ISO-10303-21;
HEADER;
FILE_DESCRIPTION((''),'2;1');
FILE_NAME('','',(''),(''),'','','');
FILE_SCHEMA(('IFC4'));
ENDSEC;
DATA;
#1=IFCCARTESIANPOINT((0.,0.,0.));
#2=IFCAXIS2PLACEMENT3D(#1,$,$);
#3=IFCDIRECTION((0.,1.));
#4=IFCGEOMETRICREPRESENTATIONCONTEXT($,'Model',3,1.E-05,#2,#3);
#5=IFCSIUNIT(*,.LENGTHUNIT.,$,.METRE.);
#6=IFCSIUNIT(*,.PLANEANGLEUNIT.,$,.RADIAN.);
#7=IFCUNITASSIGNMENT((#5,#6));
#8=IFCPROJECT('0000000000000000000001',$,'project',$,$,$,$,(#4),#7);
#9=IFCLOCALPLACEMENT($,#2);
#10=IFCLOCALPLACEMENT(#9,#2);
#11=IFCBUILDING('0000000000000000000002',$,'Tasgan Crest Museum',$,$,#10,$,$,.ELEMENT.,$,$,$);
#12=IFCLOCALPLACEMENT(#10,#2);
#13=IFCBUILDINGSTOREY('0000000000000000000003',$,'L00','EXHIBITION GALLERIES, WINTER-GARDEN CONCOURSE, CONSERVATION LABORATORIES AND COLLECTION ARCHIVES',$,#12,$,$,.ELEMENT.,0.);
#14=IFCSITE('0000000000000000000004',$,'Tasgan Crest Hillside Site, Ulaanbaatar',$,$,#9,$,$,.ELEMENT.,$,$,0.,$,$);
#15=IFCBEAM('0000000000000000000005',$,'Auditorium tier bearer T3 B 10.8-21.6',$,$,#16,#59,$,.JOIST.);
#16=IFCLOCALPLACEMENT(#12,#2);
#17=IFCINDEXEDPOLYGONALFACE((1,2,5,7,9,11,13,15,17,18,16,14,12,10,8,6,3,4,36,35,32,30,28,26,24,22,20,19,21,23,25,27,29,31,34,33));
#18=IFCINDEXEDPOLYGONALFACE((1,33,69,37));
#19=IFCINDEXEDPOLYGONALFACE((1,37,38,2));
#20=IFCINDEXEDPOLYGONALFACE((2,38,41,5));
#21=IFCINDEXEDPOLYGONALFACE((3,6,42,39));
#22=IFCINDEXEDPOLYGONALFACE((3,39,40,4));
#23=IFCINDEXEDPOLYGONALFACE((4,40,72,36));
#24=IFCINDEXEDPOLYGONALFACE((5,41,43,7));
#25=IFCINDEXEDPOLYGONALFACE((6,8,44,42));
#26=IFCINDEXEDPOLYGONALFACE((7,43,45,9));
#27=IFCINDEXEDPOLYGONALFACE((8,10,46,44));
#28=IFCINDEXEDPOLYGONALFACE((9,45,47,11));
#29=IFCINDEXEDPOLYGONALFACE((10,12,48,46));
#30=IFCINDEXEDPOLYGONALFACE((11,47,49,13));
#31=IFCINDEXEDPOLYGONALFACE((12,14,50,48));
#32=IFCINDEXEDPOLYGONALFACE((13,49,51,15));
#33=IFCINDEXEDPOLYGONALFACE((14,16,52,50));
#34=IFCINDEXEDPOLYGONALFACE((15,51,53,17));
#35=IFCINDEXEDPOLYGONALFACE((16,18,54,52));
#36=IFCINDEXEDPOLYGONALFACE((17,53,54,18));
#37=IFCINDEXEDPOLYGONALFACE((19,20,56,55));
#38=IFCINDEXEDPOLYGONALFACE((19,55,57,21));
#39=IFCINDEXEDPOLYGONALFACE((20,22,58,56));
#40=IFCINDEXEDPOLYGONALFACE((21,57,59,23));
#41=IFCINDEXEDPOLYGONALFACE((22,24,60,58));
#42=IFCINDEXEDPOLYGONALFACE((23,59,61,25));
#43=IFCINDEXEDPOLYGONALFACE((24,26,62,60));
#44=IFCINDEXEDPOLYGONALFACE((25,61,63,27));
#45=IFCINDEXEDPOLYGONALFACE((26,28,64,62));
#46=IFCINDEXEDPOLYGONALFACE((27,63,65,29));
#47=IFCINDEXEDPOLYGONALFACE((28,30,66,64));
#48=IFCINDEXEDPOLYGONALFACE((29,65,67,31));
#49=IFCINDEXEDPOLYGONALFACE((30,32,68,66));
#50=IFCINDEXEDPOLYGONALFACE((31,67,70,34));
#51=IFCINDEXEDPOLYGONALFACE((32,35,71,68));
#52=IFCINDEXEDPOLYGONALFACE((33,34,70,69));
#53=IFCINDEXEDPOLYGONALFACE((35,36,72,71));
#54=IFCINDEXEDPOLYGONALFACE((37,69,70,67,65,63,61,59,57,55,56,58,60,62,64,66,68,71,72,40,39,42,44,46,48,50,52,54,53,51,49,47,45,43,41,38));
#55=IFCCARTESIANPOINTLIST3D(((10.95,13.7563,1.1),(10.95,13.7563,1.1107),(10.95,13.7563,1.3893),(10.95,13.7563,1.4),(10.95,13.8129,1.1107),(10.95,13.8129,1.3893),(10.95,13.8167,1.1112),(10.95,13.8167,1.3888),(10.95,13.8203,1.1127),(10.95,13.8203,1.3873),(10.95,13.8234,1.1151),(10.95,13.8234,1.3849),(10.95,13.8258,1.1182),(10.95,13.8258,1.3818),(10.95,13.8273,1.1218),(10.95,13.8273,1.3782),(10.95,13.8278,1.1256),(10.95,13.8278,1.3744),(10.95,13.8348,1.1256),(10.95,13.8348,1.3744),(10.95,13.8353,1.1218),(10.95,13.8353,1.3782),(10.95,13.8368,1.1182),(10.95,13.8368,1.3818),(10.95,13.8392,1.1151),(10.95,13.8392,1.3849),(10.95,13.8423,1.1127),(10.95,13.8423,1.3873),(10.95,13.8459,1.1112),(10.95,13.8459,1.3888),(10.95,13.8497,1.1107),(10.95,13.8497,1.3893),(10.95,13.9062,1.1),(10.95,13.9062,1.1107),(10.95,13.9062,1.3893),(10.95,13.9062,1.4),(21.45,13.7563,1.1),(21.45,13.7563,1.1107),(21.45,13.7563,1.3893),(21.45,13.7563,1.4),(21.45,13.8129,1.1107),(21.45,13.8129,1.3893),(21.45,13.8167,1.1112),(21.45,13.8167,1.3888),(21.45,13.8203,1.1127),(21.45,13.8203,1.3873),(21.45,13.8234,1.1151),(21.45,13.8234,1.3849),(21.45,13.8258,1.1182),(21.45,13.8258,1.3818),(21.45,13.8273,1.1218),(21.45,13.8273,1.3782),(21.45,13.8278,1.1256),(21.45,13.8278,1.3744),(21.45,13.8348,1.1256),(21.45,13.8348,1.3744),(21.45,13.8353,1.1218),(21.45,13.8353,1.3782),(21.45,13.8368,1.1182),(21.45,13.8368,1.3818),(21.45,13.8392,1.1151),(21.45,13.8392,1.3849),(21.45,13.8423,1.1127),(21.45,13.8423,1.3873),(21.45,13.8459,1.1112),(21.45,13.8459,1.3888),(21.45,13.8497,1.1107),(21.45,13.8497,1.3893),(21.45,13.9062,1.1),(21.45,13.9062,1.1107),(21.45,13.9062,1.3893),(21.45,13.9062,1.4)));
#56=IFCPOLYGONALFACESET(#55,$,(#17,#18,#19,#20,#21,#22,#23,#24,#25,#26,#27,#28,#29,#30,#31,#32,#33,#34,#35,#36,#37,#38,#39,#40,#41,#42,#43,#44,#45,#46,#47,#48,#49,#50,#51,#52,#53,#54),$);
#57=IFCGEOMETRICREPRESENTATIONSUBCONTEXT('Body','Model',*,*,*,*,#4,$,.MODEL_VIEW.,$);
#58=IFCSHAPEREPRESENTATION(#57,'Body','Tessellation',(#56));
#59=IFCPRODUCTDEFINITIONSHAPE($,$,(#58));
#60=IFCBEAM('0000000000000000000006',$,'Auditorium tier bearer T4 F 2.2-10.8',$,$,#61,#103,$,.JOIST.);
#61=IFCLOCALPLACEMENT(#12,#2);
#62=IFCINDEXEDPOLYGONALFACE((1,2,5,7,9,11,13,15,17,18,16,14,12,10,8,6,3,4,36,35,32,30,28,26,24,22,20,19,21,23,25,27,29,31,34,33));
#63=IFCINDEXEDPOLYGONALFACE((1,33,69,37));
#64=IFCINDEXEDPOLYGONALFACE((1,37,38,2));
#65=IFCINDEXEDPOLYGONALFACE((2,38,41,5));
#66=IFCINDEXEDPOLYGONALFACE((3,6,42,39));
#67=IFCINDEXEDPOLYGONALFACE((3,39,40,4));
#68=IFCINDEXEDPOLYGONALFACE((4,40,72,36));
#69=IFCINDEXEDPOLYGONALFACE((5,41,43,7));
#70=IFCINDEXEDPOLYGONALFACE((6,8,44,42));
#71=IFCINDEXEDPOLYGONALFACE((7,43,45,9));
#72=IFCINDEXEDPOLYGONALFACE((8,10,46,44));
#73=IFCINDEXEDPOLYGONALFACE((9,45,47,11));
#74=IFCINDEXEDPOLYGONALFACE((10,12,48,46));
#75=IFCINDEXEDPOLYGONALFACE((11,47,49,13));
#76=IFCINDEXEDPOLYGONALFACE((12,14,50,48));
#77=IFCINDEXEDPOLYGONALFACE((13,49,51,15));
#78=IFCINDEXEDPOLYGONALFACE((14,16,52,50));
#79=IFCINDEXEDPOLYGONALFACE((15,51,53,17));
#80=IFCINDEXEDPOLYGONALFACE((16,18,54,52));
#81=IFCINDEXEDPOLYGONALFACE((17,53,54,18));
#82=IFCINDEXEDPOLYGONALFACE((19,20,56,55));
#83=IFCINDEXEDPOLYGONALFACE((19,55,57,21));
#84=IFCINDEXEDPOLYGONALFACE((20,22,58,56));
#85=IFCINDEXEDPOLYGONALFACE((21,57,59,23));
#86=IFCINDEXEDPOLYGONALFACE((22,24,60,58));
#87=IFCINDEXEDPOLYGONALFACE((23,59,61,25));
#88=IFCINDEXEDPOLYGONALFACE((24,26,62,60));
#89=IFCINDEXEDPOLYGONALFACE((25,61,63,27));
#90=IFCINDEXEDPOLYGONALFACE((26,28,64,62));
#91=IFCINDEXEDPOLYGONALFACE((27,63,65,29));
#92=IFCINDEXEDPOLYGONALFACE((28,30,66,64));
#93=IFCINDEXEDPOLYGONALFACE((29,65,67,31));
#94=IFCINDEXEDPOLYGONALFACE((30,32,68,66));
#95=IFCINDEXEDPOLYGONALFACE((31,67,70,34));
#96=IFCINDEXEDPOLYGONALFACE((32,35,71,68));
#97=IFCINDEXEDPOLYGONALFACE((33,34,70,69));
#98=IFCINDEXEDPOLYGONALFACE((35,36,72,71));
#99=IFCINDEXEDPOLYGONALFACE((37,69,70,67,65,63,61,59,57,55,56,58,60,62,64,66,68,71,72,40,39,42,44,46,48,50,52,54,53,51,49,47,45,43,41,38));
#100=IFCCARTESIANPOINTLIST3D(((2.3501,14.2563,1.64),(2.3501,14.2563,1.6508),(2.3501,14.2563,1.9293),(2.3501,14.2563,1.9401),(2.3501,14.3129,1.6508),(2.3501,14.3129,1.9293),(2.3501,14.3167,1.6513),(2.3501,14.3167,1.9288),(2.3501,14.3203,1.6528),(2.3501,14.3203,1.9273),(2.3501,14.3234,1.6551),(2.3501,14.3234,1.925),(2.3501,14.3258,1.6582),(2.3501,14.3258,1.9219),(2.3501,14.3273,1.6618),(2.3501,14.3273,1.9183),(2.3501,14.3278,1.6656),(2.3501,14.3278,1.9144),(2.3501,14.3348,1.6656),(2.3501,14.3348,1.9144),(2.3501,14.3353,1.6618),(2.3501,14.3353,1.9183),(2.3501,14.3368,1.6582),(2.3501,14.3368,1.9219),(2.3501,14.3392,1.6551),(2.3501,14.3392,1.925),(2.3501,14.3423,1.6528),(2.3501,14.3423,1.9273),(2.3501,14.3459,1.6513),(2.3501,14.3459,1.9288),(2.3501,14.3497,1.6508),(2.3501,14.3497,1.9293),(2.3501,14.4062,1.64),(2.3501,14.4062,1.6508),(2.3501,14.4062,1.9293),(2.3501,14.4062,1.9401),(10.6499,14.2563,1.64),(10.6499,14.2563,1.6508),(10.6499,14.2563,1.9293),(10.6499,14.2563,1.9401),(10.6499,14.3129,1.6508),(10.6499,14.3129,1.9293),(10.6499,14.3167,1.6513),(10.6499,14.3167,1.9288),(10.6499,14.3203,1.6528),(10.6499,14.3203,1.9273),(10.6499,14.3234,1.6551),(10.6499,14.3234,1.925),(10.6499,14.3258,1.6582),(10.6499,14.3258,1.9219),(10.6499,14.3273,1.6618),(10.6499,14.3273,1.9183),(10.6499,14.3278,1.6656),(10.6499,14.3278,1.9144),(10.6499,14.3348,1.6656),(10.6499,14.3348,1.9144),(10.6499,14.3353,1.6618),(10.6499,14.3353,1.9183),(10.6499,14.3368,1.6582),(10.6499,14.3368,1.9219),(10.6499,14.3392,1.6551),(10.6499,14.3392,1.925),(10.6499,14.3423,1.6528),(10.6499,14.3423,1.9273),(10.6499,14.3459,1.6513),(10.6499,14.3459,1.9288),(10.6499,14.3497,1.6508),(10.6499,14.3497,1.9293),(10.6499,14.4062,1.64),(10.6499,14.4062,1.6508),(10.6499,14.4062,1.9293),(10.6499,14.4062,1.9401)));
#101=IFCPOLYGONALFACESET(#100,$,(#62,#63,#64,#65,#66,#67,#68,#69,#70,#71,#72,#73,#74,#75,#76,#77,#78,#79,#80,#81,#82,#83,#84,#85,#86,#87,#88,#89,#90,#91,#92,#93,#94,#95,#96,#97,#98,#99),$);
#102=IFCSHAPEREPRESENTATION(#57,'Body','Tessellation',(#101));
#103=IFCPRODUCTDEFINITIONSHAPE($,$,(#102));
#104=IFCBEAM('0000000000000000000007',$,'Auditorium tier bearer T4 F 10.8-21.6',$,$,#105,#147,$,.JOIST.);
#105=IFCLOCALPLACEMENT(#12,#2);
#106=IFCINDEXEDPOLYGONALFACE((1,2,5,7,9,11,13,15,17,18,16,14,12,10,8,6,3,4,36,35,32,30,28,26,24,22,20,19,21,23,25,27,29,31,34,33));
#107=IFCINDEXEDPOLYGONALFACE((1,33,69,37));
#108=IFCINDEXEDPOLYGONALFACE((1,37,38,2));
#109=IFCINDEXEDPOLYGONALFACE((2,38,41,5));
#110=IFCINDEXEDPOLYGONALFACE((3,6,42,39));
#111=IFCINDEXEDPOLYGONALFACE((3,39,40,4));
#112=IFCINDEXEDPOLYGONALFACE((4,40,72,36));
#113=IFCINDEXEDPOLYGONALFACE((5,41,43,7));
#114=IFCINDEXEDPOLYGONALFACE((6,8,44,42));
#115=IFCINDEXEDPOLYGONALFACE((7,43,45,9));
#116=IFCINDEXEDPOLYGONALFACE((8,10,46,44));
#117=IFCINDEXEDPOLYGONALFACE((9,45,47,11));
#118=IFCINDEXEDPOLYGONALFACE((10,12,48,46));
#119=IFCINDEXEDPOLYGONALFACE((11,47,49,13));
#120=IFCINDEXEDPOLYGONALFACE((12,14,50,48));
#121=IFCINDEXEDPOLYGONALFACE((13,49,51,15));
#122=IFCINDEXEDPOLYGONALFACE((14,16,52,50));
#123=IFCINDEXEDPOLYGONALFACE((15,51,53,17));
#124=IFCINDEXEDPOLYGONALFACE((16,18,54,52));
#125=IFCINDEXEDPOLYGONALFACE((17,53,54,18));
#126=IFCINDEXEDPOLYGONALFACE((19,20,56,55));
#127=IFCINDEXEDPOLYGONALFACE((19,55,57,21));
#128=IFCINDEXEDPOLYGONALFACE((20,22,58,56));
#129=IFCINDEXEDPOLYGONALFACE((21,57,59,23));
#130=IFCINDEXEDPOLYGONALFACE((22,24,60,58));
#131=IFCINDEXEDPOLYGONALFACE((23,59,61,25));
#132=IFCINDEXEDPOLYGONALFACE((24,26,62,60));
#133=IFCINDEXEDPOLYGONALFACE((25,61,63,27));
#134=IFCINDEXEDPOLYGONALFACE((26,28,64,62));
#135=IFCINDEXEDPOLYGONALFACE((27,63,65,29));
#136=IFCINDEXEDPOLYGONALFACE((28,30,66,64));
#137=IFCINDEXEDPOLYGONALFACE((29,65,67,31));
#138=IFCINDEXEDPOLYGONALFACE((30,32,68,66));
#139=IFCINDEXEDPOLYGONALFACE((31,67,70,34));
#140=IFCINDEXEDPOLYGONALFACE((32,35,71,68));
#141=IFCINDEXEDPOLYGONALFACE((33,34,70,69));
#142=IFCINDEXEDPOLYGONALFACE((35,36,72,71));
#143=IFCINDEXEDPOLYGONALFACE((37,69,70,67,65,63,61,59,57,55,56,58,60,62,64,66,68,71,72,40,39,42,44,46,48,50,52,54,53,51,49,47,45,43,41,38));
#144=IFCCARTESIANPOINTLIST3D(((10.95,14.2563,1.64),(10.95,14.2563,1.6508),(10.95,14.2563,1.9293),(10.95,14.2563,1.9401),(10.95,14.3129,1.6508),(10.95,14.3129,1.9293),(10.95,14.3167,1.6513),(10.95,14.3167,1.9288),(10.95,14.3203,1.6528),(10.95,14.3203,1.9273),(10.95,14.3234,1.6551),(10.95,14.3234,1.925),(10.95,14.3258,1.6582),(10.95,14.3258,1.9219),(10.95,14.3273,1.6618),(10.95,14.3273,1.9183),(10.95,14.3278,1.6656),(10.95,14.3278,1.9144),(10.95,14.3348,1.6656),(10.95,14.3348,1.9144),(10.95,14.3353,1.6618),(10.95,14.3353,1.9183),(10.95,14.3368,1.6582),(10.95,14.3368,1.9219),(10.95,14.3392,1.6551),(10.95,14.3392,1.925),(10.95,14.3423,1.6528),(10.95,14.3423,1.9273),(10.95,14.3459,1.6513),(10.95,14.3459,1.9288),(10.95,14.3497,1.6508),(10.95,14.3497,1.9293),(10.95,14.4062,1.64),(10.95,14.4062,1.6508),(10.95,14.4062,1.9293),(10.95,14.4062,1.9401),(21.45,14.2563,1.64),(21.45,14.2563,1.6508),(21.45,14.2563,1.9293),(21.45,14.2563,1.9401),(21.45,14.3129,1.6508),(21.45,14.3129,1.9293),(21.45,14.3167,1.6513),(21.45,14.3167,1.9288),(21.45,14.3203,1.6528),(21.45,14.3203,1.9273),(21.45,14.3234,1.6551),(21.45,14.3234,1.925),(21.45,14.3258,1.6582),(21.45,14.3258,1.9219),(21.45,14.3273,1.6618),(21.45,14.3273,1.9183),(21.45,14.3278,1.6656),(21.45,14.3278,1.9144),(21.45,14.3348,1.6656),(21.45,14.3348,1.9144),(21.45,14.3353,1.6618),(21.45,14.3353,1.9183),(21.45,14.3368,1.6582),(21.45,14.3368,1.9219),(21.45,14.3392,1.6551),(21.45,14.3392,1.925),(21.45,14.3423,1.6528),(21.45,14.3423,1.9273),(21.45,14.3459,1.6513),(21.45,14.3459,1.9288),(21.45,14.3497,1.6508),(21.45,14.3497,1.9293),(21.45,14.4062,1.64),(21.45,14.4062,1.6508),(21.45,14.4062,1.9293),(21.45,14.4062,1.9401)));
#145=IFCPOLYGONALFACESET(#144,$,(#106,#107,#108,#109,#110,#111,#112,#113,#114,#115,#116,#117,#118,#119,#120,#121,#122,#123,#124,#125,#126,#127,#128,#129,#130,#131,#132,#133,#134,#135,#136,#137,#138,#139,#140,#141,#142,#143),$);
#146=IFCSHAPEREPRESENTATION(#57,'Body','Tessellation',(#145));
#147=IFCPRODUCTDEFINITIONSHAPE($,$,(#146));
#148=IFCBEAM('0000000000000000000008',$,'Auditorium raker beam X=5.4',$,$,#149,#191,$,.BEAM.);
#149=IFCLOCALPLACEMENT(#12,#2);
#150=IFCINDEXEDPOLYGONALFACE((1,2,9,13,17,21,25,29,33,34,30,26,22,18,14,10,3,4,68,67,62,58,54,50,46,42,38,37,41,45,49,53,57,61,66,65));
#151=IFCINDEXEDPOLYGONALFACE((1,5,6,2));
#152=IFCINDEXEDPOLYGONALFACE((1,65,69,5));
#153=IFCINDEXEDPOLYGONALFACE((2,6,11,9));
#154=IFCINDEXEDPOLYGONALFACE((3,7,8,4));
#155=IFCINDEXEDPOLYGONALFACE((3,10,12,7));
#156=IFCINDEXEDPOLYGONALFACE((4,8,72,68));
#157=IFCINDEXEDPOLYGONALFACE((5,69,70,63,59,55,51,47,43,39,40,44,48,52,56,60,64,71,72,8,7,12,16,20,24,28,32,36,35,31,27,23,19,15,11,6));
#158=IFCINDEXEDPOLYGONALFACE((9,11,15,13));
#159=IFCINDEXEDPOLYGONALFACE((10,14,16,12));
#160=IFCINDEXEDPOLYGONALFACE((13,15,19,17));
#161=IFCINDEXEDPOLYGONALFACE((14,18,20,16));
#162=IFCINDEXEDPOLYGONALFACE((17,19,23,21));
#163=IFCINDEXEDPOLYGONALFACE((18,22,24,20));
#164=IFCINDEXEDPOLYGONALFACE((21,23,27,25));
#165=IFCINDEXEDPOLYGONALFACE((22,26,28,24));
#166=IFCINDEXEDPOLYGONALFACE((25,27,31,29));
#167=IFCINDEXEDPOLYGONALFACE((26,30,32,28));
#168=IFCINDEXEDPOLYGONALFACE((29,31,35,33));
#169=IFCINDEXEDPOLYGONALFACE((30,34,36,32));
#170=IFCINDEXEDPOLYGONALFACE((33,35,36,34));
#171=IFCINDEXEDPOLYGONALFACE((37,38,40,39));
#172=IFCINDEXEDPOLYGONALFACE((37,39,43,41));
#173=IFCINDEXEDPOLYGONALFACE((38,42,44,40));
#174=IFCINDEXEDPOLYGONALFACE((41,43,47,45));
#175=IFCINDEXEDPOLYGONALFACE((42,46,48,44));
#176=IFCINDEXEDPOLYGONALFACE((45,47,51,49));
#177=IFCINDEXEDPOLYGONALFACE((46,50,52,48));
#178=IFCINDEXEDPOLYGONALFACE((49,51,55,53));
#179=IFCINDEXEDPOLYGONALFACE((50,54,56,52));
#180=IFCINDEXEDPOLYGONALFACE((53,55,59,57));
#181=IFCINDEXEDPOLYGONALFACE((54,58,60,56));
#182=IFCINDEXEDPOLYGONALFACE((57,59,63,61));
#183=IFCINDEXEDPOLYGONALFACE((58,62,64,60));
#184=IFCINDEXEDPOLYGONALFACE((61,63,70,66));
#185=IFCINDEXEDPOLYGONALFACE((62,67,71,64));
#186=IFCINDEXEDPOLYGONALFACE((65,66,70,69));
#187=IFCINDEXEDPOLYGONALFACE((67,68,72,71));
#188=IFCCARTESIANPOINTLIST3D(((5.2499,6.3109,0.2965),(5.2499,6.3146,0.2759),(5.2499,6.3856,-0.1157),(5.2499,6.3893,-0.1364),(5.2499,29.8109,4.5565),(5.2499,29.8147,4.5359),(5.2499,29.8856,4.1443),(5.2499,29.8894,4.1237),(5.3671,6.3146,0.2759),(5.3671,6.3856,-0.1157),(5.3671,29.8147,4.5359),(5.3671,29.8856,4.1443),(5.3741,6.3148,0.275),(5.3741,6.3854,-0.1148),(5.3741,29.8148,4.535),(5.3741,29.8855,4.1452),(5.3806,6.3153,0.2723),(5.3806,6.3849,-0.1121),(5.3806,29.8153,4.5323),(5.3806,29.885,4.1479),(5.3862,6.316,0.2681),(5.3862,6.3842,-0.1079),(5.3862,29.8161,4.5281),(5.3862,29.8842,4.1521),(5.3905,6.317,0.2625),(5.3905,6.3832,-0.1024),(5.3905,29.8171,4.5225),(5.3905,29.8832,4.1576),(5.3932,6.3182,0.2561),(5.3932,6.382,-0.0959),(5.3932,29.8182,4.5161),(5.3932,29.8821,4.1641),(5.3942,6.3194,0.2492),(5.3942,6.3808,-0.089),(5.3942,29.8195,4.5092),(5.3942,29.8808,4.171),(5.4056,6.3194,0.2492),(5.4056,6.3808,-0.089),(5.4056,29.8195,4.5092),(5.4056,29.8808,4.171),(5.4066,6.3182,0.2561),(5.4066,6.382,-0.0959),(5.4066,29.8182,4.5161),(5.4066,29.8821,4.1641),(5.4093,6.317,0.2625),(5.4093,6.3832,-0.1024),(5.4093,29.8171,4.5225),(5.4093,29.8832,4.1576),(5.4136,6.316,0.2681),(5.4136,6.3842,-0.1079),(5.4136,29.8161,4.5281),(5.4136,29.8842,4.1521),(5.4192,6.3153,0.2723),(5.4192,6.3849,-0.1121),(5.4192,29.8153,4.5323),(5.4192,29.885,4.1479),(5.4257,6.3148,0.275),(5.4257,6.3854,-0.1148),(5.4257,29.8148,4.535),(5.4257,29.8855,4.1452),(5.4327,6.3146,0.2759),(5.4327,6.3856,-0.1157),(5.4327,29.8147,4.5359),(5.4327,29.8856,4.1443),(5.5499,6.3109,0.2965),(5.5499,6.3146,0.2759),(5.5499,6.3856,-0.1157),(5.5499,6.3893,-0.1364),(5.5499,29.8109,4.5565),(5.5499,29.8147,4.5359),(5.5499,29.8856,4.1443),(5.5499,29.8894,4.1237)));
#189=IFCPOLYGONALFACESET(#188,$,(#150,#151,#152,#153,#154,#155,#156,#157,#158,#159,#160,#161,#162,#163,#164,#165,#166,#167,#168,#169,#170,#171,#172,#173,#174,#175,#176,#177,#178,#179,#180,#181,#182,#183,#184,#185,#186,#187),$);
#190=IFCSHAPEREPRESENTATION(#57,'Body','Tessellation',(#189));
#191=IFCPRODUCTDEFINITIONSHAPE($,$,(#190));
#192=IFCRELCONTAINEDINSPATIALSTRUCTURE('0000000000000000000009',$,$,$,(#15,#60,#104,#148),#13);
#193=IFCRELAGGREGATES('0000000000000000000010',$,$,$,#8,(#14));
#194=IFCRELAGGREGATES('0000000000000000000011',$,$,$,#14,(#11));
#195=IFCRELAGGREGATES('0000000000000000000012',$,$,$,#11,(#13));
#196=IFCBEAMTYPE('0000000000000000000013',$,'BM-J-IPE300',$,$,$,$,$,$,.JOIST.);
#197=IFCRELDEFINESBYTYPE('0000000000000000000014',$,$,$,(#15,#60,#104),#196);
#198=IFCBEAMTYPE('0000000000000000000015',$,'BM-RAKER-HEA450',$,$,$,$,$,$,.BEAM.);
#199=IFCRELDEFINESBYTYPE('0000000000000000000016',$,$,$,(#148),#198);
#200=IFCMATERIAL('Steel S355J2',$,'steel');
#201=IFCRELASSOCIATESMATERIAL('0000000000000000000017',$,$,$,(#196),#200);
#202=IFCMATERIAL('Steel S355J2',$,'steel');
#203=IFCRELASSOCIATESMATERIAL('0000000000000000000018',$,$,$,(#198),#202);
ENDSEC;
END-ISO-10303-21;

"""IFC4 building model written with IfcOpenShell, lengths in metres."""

from ifc_helpers import new_model, si_unit, direction, frame, origin, origin_2d, place, context, subcontext, project, spatial, i_section, extrude, material, material_profile, profile_set, type_object, element, save


model = new_model("IFC4")

# Units and contexts
model_context = context("Model", 3, precision=1e-05, world=origin(), true_north=direction((0.0, 1.0)))
body_context = subcontext(model_context, "Body", "Model", "MODEL_VIEW")
ifc_project = project(units=[si_unit("LENGTHUNIT", "METRE"), si_unit("PLANEANGLEUNIT", "RADIAN")], contexts=[model_context])

# Site, building, storey
site_placement = place(None, origin())
site = spatial("IfcSite", under=ifc_project, at=site_placement, Name="Tasgan Crest Hillside Site, Ulaanbaatar", CompositionType="ELEMENT", RefElevation=0.0)
building_placement = place(site_placement, origin())
building = spatial("IfcBuilding", under=site, at=building_placement, Name="Tasgan Crest Museum", CompositionType="ELEMENT")
storey_placement = place(building_placement, origin())
storey = spatial("IfcBuildingStorey", under=building, at=storey_placement, Name="L00", Description="EXHIBITION GALLERIES, WINTER-GARDEN CONCOURSE, CONSERVATION LABORATORIES AND COLLECTION ARCHIVES", CompositionType="ELEMENT", Elevation=0.0)

# Beams
ifc_material_1 = material(Name="Steel S355J2", Category="steel")
ifc_material_profile_1 = material_profile(ifc_material_1, i_section(OverallWidth=0.1499, OverallDepth=0.3, WebThickness=0.0071, FlangeThickness=0.0107, FilletRadius=0.0149, at=origin_2d()), Name="IPE 300")
ifc_profile_set_1 = profile_set([ifc_material_profile_1], Name="Steel S355J2")
beam_type_1 = type_object("IfcBeamType", Name="BM-J-IPE300", PredefinedType="JOIST", material=ifc_profile_set_1)
beam_1_placement = place(storey_placement, frame((10.95, 13.8313, 1.25), z_axis=(1.0, 0.0, 0.0), x_axis=(0.0, 1.0, 0.0)))
element("IfcBeam", 1, at=beam_1_placement, inside=storey, type_object=beam_type_1, Name="Auditorium tier bearer T3 B 10.8-21.6", PredefinedType="JOIST", context=body_context, shape_type="SweptSolid", body=[
    extrude(i_section(OverallWidth=0.1499, OverallDepth=0.3, WebThickness=0.0071, FlangeThickness=0.0107, FilletRadius=0.0149, at=origin_2d()), origin(), (0.0, 0.0, 1.0), 10.5),
])
beam_2_placement = place(storey_placement, frame((2.3501, 14.3313, 1.79), z_axis=(1.0, 0.0, 0.0), x_axis=(0.0, 1.0, 0.0)))
element("IfcBeam", 2, at=beam_2_placement, inside=storey, type_object=beam_type_1, Name="Auditorium tier bearer T4 F 2.2-10.8", PredefinedType="JOIST", context=body_context, shape_type="SweptSolid", body=[
    extrude(i_section(OverallWidth=0.1499, OverallDepth=0.3, WebThickness=0.0071, FlangeThickness=0.0107, FilletRadius=0.0149, at=origin_2d()), origin(), (0.0, 0.0, 1.0), 8.2998),
])
beam_3_placement = place(storey_placement, frame((10.95, 14.3313, 1.79), z_axis=(1.0, 0.0, 0.0), x_axis=(0.0, 1.0, 0.0)))
element("IfcBeam", 3, at=beam_3_placement, inside=storey, type_object=beam_type_1, Name="Auditorium tier bearer T4 F 10.8-21.6", PredefinedType="JOIST", context=body_context, shape_type="SweptSolid", body=[
    extrude(i_section(OverallWidth=0.1499, OverallDepth=0.3, WebThickness=0.0071, FlangeThickness=0.0107, FilletRadius=0.0149, at=origin_2d()), origin(), (0.0, 0.0, 1.0), 10.5),
])
ifc_material_2 = material(Name="Steel S355J2", Category="steel")
ifc_material_profile_2 = material_profile(ifc_material_2, i_section(OverallWidth=0.3, OverallDepth=0.4399, WebThickness=0.0115, FlangeThickness=0.021, FilletRadius=0.0271, at=origin_2d()), Name="HEA 450")
ifc_profile_set_2 = profile_set([ifc_material_profile_2], Name="Steel S355J2")
beam_type_2 = type_object("IfcBeamType", Name="BM-RAKER-HEA450", PredefinedType="BEAM", material=ifc_profile_set_2)
for number, where, z_axis, x_axis, name in (
    (4, (5.3999, 6.3501, 0.0801), (0.0, 0.983963, 0.17837), (-1.0, 0.0, 0.0), "Auditorium raker beam X=5.4"),
):
    element("IfcBeam", number, at=place(storey_placement, frame(where, z_axis=z_axis, x_axis=x_axis)), inside=storey, type_object=beam_type_2, Name=name, PredefinedType="BEAM", context=body_context, shape_type="SweptSolid", body=[
        extrude(i_section(OverallWidth=0.3, OverallDepth=0.4399, WebThickness=0.0115, FlangeThickness=0.021, FilletRadius=0.0271, at=origin_2d()), origin(), (0.0, 0.0, 1.0), 23.8831),
    ])

save(model, "model.ifc")
